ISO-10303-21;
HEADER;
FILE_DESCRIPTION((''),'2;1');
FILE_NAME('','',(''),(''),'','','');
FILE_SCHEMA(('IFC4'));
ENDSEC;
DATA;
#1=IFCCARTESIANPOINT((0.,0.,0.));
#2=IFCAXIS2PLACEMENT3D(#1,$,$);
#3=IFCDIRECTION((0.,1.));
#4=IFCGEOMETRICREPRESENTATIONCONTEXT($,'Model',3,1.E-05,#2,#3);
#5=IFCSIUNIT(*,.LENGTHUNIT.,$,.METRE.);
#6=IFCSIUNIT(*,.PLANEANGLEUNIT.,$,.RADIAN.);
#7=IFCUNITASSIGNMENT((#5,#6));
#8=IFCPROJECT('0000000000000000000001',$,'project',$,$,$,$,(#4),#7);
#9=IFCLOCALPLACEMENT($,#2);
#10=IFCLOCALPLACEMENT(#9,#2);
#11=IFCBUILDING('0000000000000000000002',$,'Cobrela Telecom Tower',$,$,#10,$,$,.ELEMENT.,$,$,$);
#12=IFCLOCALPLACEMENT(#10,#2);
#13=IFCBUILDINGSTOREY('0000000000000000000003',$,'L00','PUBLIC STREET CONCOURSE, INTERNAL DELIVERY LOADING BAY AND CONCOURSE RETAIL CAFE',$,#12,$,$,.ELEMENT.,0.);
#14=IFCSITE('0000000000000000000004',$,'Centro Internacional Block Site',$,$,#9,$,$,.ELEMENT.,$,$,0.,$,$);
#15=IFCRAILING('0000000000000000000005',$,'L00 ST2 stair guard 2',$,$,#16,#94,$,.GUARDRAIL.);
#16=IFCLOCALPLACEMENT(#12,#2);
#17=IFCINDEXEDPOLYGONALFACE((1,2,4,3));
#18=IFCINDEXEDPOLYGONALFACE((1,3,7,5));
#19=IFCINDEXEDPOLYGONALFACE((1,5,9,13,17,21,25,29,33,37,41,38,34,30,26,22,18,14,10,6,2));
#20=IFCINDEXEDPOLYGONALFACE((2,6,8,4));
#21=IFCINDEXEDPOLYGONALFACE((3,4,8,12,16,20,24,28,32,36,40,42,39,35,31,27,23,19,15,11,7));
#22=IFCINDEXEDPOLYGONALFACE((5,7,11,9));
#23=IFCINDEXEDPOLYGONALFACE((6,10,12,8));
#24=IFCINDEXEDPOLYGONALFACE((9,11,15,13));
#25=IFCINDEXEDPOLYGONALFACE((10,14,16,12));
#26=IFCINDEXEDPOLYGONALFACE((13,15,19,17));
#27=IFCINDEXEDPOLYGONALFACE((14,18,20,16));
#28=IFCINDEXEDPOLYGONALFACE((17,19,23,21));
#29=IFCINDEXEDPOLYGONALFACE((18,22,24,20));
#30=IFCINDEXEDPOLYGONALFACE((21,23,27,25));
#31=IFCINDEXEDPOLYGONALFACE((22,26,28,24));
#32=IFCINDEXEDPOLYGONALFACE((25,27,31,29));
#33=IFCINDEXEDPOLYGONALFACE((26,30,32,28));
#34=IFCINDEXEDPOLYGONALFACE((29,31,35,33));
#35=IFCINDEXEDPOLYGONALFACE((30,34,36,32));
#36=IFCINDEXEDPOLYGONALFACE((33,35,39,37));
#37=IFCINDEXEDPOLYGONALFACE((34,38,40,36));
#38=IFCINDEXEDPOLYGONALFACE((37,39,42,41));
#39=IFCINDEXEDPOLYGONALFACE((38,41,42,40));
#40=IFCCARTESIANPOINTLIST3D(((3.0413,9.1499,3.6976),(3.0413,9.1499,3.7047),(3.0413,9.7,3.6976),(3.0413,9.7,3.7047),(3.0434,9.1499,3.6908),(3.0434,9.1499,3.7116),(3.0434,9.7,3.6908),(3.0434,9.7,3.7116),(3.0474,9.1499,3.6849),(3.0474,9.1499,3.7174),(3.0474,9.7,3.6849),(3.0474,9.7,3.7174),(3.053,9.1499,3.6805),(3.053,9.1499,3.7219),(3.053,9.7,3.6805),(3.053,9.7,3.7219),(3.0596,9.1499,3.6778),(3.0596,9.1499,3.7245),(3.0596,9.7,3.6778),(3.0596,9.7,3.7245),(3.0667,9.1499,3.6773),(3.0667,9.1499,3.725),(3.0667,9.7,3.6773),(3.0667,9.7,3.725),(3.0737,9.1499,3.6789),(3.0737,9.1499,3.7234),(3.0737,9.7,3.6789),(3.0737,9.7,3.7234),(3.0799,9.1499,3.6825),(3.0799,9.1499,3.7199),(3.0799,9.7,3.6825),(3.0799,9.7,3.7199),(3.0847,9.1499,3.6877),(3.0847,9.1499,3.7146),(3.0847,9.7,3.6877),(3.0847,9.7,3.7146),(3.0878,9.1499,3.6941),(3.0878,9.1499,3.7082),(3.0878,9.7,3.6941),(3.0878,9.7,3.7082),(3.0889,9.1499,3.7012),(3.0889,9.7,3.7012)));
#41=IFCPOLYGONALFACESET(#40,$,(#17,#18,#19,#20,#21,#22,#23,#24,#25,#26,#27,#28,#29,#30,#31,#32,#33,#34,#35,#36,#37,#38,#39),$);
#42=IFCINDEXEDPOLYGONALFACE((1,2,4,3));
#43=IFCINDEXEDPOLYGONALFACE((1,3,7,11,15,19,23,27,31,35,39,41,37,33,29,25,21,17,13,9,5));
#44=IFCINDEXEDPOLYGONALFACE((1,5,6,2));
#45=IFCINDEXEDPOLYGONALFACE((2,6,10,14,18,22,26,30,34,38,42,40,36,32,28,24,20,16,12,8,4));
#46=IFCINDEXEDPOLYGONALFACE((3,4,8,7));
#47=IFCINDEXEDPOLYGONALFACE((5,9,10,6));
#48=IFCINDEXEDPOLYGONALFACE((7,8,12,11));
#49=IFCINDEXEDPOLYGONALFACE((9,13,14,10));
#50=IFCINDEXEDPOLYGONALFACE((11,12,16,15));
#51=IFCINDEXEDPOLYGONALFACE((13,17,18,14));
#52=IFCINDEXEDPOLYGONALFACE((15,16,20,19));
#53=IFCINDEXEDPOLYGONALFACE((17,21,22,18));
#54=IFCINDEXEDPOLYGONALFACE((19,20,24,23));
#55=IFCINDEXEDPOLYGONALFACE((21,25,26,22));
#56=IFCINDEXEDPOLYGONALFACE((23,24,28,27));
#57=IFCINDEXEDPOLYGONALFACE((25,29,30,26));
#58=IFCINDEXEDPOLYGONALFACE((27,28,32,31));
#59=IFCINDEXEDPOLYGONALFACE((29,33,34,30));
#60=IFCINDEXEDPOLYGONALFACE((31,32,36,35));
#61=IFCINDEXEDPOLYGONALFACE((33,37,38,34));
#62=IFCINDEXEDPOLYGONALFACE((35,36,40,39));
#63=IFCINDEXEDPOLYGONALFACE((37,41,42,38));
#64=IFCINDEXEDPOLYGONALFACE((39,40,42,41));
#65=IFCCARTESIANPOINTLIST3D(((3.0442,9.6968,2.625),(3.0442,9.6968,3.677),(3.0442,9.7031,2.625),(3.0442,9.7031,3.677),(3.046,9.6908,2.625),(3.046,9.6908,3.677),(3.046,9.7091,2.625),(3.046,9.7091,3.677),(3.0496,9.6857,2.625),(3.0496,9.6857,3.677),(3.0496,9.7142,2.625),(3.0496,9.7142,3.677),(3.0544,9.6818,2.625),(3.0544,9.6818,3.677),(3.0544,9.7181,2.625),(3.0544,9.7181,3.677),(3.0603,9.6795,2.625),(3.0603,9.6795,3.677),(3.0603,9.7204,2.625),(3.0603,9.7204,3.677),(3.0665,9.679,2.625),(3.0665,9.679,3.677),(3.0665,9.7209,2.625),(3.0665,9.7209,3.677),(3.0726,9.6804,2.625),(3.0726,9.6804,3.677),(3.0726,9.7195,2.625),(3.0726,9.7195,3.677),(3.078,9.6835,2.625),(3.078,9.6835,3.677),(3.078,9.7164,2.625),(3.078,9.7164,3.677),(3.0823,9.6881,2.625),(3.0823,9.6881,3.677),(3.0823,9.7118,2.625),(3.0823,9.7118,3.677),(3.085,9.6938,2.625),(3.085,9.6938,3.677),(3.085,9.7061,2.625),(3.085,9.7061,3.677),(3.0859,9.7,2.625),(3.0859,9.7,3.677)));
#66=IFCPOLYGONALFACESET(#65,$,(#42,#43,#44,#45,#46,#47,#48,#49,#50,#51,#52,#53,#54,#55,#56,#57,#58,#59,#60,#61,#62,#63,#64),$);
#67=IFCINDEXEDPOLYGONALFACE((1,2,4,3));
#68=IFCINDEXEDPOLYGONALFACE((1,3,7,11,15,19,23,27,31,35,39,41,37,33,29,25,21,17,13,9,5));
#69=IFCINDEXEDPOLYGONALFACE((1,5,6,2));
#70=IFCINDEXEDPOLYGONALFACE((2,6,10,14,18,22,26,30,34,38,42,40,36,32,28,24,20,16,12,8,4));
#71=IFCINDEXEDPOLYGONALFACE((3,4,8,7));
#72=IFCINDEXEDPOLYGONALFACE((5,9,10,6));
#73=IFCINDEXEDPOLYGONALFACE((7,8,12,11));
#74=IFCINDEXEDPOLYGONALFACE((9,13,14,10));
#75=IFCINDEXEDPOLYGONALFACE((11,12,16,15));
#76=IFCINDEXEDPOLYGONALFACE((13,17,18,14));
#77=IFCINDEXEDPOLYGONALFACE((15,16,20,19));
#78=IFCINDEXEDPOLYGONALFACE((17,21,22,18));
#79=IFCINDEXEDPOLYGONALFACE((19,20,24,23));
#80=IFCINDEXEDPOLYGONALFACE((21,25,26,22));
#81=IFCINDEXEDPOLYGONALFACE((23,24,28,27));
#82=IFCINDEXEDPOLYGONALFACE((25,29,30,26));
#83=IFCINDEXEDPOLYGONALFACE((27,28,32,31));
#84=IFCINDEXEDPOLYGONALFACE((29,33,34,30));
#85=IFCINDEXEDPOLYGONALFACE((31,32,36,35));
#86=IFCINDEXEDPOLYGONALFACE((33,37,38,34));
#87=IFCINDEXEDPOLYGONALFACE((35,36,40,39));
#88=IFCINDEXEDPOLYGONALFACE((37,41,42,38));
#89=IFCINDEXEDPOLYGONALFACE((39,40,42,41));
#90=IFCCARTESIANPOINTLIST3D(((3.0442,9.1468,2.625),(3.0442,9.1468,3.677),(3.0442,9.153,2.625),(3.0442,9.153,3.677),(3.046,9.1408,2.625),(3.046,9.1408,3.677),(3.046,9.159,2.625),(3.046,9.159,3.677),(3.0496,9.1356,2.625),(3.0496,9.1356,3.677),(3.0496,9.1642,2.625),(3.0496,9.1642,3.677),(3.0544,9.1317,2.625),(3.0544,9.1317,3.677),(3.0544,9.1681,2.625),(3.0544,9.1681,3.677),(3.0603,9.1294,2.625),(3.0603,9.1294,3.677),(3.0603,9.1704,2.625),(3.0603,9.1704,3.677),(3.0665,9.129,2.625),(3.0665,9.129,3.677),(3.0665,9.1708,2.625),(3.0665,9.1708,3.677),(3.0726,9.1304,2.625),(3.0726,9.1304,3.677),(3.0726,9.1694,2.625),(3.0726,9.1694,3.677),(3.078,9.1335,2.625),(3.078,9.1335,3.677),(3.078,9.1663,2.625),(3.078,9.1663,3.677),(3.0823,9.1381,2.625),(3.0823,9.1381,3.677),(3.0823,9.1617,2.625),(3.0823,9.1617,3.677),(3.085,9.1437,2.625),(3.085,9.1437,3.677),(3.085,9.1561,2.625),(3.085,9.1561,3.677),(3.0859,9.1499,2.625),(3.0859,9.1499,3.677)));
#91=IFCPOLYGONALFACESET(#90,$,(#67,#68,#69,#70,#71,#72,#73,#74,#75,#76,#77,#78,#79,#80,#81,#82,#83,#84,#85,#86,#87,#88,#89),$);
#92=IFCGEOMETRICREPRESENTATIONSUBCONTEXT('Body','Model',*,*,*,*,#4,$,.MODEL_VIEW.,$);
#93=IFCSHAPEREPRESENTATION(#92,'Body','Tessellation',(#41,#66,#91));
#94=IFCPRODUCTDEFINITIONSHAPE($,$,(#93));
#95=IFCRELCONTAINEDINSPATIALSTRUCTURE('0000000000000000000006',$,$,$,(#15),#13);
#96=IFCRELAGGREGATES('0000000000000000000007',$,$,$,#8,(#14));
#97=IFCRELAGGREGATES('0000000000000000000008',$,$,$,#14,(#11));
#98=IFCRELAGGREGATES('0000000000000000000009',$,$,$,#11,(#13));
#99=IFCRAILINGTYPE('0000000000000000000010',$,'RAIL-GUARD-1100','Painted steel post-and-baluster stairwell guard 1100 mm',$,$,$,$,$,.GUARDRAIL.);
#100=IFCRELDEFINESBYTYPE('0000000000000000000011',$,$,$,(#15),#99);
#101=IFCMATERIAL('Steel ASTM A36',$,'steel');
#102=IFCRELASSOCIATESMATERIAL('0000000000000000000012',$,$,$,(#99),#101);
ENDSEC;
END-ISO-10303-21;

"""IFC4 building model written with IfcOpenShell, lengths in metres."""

from ifc_helpers import new_model, si_unit, direction, frame, origin, origin_2d, place, context, subcontext, project, spatial, circle, extrude, material, type_object, element, save


model = new_model("IFC4")

# Units and contexts
model_context = context("Model", 3, precision=1e-05, world=origin(), true_north=direction((0.0, 1.0)))
body_context = subcontext(model_context, "Body", "Model", "MODEL_VIEW")
ifc_project = project(units=[si_unit("LENGTHUNIT", "METRE"), si_unit("PLANEANGLEUNIT", "RADIAN")], contexts=[model_context])

# Site, building, storey
site_placement = place(None, origin())
site = spatial("IfcSite", under=ifc_project, at=site_placement, Name="Centro Internacional Block Site", CompositionType="ELEMENT", RefElevation=0.0)
building_placement = place(site_placement, origin())
building = spatial("IfcBuilding", under=site, at=building_placement, Name="Cobrela Telecom Tower", CompositionType="ELEMENT")
storey_placement = place(building_placement, origin())
storey = spatial("IfcBuildingStorey", under=building, at=storey_placement, Name="L00", Description="PUBLIC STREET CONCOURSE, INTERNAL DELIVERY LOADING BAY AND CONCOURSE RETAIL CAFE", CompositionType="ELEMENT", Elevation=0.0)

# Shared definitions
ifc_material_1 = material(Name="Steel ASTM A36", Category="steel")

# Railing
railing_type_1 = type_object("IfcRailingType", Name="RAIL-GUARD-1100", Description="Painted steel post-and-baluster stairwell guard 1100 mm", PredefinedType="GUARDRAIL", material=ifc_material_1)
railing_1_placement = place(storey_placement, frame((3.0649, 9.7, 2.625)))
element("IfcRailing", 1, at=railing_1_placement, inside=storey, type_object=railing_type_1, Name="L00 ST2 stair guard 2", PredefinedType="GUARDRAIL", context=body_context, shape_type="SweptSolid", body=[
    extrude(circle(Radius=0.0239, at=origin_2d()), frame((0.0, 0.0, 1.0762), z_axis=(0.0, -1.0, 0.0), x_axis=(1.0, 0.0, 0.0)), (0.0, 0.0, 1.0), 0.55),
    extrude(circle(Radius=0.021, at=origin_2d()), origin(), (0.0, 0.0, 1.0), 1.052),
    extrude(circle(Radius=0.021, at=origin_2d()), frame((0.0, -0.55, 0.0)), (0.0, 0.0, 1.0), 1.052),
])

save(model, "model.ifc")
